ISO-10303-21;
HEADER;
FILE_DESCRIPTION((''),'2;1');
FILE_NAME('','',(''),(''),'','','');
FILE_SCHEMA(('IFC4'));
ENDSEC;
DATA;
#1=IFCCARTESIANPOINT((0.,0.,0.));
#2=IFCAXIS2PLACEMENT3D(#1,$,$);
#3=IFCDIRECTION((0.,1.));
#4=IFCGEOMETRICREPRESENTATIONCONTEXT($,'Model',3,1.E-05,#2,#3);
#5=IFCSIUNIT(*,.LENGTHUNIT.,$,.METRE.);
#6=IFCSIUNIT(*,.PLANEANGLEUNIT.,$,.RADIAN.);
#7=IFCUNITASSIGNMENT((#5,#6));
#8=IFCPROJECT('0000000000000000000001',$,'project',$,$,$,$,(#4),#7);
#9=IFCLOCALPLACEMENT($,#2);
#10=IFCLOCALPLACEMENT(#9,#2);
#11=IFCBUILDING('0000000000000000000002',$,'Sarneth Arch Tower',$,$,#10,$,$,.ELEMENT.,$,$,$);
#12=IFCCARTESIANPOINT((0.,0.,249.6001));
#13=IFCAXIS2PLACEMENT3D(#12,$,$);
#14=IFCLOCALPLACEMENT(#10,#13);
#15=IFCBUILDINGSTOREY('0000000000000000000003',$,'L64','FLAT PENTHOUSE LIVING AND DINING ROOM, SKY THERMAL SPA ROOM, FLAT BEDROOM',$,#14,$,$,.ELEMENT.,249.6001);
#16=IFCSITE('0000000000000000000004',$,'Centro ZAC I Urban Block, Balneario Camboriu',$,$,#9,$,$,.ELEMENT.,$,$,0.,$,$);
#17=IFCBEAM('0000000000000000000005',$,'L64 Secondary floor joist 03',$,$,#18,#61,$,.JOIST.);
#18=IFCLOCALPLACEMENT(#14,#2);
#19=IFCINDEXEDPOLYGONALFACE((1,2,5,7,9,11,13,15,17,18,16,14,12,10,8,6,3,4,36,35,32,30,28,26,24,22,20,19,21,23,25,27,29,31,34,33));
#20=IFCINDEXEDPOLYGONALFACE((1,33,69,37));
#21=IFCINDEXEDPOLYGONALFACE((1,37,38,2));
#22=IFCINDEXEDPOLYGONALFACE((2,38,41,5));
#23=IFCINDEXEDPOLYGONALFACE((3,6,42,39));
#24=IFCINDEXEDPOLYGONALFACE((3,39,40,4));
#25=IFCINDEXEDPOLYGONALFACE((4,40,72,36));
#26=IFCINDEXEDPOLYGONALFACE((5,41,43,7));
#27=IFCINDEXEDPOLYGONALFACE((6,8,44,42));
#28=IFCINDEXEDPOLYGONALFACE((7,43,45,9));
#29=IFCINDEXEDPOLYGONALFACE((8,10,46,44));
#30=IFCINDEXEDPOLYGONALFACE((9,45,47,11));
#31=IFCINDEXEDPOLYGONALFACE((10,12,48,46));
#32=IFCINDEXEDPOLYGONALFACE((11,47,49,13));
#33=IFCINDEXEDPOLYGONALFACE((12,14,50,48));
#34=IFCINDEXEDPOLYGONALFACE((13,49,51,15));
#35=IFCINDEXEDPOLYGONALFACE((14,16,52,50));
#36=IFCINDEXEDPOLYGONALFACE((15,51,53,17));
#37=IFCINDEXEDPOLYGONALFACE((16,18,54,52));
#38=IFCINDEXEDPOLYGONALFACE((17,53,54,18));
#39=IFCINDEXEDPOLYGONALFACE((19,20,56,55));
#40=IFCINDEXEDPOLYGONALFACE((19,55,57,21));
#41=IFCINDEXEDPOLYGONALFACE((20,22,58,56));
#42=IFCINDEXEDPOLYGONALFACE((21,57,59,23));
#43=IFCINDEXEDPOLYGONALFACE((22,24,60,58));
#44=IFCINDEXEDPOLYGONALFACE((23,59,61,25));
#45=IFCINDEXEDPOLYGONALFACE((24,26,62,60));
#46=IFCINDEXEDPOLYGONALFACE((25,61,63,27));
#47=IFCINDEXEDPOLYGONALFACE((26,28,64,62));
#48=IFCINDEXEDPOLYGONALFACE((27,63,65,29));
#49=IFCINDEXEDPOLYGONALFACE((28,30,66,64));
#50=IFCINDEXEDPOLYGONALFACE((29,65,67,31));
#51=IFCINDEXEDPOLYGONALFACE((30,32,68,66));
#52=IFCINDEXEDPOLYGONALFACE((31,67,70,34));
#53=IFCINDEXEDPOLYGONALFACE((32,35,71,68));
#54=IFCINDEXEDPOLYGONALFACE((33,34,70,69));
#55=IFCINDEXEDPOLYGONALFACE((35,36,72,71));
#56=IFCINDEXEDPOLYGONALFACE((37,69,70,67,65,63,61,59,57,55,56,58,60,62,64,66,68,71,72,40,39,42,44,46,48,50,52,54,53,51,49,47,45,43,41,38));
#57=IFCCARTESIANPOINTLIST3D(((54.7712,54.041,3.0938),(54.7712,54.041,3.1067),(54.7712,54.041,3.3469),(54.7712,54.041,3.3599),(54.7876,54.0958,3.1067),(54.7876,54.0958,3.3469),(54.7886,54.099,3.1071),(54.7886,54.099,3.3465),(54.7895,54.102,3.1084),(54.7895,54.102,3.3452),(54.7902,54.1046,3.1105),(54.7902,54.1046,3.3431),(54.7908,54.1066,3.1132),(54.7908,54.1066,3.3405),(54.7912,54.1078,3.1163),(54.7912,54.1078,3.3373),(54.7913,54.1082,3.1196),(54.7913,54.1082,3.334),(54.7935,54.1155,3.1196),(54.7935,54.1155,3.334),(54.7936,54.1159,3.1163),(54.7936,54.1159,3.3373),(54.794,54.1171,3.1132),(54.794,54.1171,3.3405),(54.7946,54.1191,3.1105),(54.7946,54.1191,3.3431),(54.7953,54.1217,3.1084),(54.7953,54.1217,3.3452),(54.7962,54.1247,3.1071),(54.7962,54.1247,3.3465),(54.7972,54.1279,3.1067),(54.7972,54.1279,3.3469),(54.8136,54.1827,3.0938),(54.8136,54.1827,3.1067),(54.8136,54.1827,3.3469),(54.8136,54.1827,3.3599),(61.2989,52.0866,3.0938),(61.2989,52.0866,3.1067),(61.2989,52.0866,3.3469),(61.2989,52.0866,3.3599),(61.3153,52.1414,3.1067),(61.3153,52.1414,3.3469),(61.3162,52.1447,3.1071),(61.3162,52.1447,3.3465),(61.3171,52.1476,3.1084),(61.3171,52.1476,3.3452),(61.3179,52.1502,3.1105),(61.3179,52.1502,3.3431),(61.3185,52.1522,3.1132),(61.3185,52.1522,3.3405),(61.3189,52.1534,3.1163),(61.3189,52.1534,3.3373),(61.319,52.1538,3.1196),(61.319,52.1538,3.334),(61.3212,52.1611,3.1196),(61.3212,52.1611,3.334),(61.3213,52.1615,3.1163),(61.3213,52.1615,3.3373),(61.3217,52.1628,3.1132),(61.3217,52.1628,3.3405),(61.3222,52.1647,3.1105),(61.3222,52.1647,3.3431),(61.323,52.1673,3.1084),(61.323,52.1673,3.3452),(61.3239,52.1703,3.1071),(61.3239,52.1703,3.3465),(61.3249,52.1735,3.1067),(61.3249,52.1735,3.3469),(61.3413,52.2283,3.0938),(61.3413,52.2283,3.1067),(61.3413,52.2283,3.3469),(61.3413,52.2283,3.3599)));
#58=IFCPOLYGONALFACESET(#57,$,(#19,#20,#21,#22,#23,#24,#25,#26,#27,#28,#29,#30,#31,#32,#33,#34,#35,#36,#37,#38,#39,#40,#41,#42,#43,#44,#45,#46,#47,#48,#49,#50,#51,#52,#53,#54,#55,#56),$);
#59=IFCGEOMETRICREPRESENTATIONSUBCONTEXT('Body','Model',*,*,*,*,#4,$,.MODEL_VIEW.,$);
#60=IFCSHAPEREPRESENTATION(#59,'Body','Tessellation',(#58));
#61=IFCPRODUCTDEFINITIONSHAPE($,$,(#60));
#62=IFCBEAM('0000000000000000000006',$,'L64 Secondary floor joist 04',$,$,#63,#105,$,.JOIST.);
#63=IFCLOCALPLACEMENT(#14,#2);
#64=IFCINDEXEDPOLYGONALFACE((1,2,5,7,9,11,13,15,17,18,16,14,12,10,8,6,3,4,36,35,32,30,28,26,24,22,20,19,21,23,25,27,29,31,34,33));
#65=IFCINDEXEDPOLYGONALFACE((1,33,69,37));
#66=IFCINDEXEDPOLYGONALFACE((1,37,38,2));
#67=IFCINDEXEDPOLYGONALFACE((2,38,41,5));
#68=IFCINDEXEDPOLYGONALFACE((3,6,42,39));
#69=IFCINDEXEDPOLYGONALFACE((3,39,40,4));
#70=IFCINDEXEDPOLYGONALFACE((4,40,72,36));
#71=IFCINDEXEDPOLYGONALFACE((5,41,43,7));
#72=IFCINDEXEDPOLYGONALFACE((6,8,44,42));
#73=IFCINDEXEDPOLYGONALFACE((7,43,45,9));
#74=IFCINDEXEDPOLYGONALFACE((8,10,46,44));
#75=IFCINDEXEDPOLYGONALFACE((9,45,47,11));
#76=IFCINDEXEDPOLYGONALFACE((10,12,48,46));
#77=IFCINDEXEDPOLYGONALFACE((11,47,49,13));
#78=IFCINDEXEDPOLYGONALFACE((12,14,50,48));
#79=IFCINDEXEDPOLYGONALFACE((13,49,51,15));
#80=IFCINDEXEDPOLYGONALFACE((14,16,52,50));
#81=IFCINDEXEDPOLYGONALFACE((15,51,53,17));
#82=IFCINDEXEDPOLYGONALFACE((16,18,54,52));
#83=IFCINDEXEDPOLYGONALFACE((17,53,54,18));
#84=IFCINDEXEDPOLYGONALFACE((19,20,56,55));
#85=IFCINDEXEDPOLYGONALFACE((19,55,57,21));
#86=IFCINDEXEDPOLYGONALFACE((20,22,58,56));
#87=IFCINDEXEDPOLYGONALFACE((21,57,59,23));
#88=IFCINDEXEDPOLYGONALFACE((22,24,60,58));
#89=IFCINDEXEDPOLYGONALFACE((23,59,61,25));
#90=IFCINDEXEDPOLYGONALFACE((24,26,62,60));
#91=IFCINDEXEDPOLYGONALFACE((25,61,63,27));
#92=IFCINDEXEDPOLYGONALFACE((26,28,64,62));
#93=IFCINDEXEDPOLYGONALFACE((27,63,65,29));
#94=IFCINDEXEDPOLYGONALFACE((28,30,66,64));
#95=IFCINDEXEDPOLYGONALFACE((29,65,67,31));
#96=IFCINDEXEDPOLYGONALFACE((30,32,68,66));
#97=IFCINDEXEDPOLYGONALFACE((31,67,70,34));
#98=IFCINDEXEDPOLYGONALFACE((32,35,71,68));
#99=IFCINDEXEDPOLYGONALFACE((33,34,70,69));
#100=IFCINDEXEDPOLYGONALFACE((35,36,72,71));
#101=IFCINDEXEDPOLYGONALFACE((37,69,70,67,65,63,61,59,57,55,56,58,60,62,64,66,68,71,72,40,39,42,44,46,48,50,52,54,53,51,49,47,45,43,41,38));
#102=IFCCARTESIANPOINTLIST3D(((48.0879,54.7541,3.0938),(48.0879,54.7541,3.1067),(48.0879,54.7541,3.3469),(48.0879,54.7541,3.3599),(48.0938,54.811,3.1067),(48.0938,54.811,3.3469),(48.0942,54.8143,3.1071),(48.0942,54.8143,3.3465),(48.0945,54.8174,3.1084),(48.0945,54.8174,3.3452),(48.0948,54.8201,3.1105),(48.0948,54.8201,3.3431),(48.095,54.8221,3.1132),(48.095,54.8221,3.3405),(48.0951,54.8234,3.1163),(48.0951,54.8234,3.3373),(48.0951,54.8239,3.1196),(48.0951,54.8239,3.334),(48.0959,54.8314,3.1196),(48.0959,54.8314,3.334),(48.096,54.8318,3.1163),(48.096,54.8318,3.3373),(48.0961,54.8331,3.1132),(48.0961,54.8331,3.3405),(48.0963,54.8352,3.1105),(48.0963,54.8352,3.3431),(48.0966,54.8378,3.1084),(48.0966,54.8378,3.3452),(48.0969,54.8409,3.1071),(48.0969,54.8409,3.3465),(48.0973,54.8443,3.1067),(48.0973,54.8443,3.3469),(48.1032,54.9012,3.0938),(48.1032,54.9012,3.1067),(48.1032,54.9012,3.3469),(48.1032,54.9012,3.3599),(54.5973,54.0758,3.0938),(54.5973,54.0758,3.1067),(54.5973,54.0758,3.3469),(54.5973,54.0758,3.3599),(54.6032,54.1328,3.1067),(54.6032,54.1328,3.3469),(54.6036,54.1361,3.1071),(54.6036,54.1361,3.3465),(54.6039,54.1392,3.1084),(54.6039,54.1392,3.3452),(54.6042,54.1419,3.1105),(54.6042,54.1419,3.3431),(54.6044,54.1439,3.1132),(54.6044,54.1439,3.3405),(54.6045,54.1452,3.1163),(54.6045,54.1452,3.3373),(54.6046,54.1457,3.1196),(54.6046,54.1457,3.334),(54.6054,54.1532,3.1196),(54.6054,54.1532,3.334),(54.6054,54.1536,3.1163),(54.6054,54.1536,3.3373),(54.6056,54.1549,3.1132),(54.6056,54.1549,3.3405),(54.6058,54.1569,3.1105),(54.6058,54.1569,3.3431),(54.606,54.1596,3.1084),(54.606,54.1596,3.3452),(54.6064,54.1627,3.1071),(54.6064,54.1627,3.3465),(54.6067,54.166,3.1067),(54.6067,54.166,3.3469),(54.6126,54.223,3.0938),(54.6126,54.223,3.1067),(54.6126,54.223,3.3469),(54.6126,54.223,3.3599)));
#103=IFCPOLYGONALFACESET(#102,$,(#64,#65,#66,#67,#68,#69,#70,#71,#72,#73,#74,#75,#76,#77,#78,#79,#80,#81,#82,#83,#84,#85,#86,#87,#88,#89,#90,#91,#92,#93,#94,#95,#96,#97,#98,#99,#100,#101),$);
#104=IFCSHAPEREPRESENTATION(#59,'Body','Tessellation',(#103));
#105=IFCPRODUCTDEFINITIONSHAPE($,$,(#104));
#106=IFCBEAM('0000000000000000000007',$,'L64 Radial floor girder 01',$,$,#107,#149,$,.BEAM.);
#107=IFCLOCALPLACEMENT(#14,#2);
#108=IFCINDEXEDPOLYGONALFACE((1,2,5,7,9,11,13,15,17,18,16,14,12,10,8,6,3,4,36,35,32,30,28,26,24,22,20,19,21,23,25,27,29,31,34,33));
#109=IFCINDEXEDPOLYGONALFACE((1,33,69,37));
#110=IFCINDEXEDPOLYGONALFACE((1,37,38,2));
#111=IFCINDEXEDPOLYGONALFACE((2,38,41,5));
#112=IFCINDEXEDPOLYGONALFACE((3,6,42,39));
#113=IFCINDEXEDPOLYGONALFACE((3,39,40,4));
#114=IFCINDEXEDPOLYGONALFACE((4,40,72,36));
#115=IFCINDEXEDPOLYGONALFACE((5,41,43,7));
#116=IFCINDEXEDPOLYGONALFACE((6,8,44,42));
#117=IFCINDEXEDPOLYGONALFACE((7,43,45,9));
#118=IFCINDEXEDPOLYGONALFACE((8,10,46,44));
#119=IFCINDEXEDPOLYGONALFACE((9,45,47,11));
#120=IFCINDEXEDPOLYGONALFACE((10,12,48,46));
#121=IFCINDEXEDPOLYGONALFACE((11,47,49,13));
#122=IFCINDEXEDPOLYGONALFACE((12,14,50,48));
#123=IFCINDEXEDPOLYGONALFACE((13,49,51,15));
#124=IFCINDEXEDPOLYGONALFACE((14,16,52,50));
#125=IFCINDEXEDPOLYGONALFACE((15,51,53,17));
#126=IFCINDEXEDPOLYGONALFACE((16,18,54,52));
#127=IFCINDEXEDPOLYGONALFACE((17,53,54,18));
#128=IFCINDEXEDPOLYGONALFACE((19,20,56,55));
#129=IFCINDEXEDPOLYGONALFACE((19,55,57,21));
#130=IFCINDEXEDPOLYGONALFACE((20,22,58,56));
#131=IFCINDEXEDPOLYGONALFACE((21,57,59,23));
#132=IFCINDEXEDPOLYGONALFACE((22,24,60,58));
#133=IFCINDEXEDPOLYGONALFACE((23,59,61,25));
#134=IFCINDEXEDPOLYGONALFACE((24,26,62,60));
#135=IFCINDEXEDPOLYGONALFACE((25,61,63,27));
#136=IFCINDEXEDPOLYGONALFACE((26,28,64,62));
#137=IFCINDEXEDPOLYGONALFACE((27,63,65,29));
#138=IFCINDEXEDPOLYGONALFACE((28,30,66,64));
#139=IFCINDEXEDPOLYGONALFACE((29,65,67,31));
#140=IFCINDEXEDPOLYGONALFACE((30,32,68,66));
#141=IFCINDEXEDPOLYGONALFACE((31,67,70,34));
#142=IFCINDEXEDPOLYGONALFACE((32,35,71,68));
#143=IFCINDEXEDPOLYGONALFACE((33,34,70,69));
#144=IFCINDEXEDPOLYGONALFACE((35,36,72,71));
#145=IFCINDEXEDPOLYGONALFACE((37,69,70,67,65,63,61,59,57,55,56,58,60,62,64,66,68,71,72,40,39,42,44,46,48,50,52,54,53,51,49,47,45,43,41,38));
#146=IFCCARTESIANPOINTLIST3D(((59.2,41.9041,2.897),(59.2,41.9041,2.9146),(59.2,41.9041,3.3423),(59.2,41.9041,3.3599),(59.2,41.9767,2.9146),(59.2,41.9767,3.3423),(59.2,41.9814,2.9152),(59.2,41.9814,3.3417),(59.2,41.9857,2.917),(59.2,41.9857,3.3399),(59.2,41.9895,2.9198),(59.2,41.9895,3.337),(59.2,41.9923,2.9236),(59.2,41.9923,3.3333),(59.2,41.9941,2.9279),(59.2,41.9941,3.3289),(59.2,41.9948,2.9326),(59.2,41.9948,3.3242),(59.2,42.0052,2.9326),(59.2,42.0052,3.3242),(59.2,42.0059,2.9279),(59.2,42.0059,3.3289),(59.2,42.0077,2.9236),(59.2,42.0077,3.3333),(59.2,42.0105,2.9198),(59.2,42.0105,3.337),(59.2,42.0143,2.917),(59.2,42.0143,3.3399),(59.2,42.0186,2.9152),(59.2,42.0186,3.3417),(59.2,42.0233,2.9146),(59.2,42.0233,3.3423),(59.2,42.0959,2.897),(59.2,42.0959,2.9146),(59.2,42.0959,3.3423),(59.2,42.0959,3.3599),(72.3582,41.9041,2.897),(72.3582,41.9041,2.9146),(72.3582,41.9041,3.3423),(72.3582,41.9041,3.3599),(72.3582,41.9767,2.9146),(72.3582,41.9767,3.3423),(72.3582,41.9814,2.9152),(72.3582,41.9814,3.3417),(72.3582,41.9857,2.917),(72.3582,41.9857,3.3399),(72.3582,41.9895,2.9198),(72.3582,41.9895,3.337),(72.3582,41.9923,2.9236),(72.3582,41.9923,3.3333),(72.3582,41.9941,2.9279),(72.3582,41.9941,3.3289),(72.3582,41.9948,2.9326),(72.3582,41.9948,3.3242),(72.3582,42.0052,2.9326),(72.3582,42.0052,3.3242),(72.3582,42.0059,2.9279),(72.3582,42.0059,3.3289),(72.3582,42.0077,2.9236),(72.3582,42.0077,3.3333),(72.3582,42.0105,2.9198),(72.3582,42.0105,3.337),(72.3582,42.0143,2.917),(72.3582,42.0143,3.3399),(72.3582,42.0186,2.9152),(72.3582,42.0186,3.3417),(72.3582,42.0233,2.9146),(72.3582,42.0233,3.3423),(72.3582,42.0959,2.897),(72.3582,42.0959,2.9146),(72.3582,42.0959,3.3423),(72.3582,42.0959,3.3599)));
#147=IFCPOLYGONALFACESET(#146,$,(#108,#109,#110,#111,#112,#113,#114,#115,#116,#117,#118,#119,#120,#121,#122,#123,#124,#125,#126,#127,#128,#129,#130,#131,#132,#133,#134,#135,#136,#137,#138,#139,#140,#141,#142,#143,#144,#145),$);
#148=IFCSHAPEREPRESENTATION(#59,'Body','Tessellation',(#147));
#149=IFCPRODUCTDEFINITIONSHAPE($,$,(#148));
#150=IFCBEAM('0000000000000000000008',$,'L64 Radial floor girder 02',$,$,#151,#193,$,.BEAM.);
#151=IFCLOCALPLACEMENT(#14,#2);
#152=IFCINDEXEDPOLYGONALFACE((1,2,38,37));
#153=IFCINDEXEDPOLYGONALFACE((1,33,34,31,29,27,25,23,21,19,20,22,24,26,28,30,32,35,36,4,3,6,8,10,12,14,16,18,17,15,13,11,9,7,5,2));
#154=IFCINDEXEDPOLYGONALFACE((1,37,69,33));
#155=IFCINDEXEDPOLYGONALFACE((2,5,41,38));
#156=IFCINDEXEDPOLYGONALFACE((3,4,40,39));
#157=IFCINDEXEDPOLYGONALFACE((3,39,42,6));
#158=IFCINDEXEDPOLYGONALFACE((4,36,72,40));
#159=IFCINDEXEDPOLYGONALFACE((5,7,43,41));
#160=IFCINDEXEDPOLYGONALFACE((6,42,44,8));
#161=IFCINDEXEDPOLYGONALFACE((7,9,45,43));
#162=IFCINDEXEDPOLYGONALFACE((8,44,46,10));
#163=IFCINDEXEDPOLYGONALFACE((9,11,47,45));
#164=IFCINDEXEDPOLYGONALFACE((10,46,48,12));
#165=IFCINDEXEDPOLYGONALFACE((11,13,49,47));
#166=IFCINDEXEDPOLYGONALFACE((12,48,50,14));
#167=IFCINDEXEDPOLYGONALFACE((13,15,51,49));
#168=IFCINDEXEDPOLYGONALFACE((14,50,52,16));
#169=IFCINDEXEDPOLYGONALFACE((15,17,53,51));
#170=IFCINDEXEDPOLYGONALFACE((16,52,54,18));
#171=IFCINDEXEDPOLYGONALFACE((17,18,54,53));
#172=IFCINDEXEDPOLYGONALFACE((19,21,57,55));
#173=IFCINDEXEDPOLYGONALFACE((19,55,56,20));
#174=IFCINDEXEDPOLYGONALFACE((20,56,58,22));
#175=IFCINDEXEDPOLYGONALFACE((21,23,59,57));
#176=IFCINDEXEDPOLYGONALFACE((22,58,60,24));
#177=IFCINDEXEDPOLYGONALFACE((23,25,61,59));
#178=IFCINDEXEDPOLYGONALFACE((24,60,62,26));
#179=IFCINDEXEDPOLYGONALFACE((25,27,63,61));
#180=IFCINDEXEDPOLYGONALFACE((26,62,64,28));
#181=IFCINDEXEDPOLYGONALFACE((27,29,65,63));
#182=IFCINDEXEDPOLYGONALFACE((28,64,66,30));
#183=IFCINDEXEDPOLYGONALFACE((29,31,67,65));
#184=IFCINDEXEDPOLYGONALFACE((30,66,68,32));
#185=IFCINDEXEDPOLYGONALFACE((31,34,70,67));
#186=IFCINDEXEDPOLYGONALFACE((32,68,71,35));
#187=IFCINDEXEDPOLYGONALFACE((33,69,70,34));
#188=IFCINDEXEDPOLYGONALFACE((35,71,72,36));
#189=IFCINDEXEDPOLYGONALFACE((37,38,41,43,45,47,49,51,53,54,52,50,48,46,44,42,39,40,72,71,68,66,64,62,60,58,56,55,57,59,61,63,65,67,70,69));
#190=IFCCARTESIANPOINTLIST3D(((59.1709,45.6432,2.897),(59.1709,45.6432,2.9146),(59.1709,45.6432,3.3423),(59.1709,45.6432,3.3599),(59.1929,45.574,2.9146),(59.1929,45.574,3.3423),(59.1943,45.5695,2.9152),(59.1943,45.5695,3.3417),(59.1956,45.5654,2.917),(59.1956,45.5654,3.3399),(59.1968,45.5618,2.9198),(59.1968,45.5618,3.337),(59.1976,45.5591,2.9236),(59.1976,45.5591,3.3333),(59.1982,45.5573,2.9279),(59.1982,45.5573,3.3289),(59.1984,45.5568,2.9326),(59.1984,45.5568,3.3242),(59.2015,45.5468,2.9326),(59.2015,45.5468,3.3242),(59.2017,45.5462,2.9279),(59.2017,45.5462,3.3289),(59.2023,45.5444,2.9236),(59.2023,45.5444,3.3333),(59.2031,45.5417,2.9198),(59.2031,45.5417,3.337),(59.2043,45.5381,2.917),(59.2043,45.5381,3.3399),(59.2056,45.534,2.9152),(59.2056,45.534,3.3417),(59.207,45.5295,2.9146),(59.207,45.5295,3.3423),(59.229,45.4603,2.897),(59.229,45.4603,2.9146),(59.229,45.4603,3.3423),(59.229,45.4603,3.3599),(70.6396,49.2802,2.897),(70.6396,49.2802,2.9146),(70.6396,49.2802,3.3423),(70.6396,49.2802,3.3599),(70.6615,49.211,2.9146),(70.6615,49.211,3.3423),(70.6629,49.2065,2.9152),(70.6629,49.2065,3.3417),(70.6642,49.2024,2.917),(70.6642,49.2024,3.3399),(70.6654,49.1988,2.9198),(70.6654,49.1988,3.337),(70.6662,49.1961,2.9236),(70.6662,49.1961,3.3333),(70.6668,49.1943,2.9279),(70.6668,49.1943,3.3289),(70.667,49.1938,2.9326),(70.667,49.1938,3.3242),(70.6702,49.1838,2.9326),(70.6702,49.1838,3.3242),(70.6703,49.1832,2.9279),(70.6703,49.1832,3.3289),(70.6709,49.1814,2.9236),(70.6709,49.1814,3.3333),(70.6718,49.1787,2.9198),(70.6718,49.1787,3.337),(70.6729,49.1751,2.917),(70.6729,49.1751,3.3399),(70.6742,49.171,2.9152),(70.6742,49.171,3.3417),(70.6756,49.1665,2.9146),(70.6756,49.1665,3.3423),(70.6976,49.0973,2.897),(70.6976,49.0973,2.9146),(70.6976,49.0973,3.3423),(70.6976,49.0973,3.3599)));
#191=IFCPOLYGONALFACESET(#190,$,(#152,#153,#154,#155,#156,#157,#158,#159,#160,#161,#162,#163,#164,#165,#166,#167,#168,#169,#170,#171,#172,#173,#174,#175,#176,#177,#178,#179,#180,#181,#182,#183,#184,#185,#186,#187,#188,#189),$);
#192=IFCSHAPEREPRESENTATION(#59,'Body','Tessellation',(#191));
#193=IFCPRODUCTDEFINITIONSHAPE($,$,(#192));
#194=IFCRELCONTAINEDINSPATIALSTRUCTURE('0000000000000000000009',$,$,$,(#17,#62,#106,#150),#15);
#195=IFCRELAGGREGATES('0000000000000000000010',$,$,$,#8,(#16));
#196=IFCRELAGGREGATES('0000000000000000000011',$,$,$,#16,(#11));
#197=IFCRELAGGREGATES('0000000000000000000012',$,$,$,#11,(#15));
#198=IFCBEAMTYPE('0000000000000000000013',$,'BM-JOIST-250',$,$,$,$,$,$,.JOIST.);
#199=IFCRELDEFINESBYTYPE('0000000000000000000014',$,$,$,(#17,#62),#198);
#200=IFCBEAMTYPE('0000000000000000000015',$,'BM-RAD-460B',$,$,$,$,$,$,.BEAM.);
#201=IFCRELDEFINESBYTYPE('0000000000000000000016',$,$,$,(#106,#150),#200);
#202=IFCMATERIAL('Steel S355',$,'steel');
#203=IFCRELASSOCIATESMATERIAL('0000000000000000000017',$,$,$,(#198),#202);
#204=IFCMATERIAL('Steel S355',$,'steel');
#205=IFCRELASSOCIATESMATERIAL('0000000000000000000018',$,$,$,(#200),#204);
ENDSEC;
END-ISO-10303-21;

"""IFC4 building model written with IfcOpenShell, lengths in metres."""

from ifc_helpers import new_model, si_unit, direction, frame, origin, origin_2d, place, context, subcontext, project, spatial, i_section, extrude, material, material_profile, profile_set, type_object, element, save


model = new_model("IFC4")

# Units and contexts
model_context = context("Model", 3, precision=1e-05, world=origin(), true_north=direction((0.0, 1.0)))
body_context = subcontext(model_context, "Body", "Model", "MODEL_VIEW")
ifc_project = project(units=[si_unit("LENGTHUNIT", "METRE"), si_unit("PLANEANGLEUNIT", "RADIAN")], contexts=[model_context])

# Site, building, storey
site_placement = place(None, origin())
site = spatial("IfcSite", under=ifc_project, at=site_placement, Name="Centro ZAC I Urban Block, Balneario Camboriu", CompositionType="ELEMENT", RefElevation=0.0)
building_placement = place(site_placement, origin())
building = spatial("IfcBuilding", under=site, at=building_placement, Name="Sarneth Arch Tower", CompositionType="ELEMENT")
storey_placement = place(building_placement, frame((0.0, 0.0, 249.6001)))
storey = spatial("IfcBuildingStorey", under=building, at=storey_placement, Name="L64", Description="FLAT PENTHOUSE LIVING AND DINING ROOM, SKY THERMAL SPA ROOM, FLAT BEDROOM", CompositionType="ELEMENT", Elevation=249.6001)

# Beams
ifc_material_1 = material(Name="Steel S355", Category="steel")
ifc_material_profile_1 = material_profile(ifc_material_1, i_section(OverallWidth=0.1479, OverallDepth=0.2661, WebThickness=0.0076, FlangeThickness=0.0129, FilletRadius=0.0129, at=origin_2d()), Name="W250x44.8")
ifc_profile_set_1 = profile_set([ifc_material_profile_1], Name="Steel S355")
beam_type_1 = type_object("IfcBeamType", Name="BM-JOIST-250", PredefinedType="JOIST", material=ifc_profile_set_1)
beam_1_placement = place(storey_placement, frame((61.3201, 52.1575, 3.2268), z_axis=(-0.957985, 0.286819, 0.0), x_axis=(-0.286819, -0.957985, 0.0)))
element("IfcBeam", 1, at=beam_1_placement, inside=storey, type_object=beam_type_1, Name="L64 Secondary floor joist 03", PredefinedType="JOIST", context=body_context, shape_type="SweptSolid", body=[
    extrude(i_section(OverallWidth=0.1479, OverallDepth=0.2661, WebThickness=0.0076, FlangeThickness=0.0129, FilletRadius=0.0129, at=origin_2d()), origin(), (0.0, 0.0, 1.0), 6.814),
])
beam_2_placement = place(storey_placement, frame((54.605, 54.1494, 3.2268), z_axis=(-0.994616, 0.103628, 0.0), x_axis=(-0.103628, -0.994616, 0.0)))
element("IfcBeam", 2, at=beam_2_placement, inside=storey, type_object=beam_type_1, Name="L64 Secondary floor joist 04", PredefinedType="JOIST", context=body_context, shape_type="SweptSolid", body=[
    extrude(i_section(OverallWidth=0.1479, OverallDepth=0.2661, WebThickness=0.0076, FlangeThickness=0.0129, FilletRadius=0.0129, at=origin_2d()), origin(), (0.0, 0.0, 1.0), 6.5447),
])
ifc_material_2 = material(Name="Steel S355", Category="steel")
ifc_material_profile_2 = material_profile(ifc_material_2, i_section(OverallWidth=0.1919, OverallDepth=0.4629, WebThickness=0.0105, FlangeThickness=0.0176, FilletRadius=0.0181, at=origin_2d()), Name="W460x89")
ifc_profile_set_2 = profile_set([ifc_material_profile_2], Name="Steel S355")
beam_type_2 = type_object("IfcBeamType", Name="BM-RAD-460B", PredefinedType="BEAM", material=ifc_profile_set_2)
beam_3_placement = place(storey_placement, frame((59.2, 42.0, 3.1284), z_axis=(1.0, 0.0, 0.0), x_axis=(0.0, 1.0, 0.0)))
element("IfcBeam", 3, at=beam_3_placement, inside=storey, type_object=beam_type_2, Name="L64 Radial floor girder 01", PredefinedType="BEAM", context=body_context, shape_type="SweptSolid", body=[
    extrude(i_section(OverallWidth=0.1919, OverallDepth=0.4629, WebThickness=0.0105, FlangeThickness=0.0176, FilletRadius=0.0181, at=origin_2d()), origin(), (0.0, 0.0, 1.0), 13.1582),
])
beam_4_placement = place(storey_placement, frame((59.2, 45.5518, 3.1284), z_axis=(0.953216, 0.30229, 0.0), x_axis=(-0.30229, 0.953216, 0.0)))
element("IfcBeam", 4, at=beam_4_placement, inside=storey, type_object=beam_type_2, Name="L64 Radial floor girder 02", PredefinedType="BEAM", context=body_context, shape_type="SweptSolid", body=[
    extrude(i_section(OverallWidth=0.1919, OverallDepth=0.4629, WebThickness=0.0105, FlangeThickness=0.0176, FilletRadius=0.0181, at=origin_2d()), origin(), (0.0, 0.0, 1.0), 12.0315),
])

save(model, "model.ifc")
